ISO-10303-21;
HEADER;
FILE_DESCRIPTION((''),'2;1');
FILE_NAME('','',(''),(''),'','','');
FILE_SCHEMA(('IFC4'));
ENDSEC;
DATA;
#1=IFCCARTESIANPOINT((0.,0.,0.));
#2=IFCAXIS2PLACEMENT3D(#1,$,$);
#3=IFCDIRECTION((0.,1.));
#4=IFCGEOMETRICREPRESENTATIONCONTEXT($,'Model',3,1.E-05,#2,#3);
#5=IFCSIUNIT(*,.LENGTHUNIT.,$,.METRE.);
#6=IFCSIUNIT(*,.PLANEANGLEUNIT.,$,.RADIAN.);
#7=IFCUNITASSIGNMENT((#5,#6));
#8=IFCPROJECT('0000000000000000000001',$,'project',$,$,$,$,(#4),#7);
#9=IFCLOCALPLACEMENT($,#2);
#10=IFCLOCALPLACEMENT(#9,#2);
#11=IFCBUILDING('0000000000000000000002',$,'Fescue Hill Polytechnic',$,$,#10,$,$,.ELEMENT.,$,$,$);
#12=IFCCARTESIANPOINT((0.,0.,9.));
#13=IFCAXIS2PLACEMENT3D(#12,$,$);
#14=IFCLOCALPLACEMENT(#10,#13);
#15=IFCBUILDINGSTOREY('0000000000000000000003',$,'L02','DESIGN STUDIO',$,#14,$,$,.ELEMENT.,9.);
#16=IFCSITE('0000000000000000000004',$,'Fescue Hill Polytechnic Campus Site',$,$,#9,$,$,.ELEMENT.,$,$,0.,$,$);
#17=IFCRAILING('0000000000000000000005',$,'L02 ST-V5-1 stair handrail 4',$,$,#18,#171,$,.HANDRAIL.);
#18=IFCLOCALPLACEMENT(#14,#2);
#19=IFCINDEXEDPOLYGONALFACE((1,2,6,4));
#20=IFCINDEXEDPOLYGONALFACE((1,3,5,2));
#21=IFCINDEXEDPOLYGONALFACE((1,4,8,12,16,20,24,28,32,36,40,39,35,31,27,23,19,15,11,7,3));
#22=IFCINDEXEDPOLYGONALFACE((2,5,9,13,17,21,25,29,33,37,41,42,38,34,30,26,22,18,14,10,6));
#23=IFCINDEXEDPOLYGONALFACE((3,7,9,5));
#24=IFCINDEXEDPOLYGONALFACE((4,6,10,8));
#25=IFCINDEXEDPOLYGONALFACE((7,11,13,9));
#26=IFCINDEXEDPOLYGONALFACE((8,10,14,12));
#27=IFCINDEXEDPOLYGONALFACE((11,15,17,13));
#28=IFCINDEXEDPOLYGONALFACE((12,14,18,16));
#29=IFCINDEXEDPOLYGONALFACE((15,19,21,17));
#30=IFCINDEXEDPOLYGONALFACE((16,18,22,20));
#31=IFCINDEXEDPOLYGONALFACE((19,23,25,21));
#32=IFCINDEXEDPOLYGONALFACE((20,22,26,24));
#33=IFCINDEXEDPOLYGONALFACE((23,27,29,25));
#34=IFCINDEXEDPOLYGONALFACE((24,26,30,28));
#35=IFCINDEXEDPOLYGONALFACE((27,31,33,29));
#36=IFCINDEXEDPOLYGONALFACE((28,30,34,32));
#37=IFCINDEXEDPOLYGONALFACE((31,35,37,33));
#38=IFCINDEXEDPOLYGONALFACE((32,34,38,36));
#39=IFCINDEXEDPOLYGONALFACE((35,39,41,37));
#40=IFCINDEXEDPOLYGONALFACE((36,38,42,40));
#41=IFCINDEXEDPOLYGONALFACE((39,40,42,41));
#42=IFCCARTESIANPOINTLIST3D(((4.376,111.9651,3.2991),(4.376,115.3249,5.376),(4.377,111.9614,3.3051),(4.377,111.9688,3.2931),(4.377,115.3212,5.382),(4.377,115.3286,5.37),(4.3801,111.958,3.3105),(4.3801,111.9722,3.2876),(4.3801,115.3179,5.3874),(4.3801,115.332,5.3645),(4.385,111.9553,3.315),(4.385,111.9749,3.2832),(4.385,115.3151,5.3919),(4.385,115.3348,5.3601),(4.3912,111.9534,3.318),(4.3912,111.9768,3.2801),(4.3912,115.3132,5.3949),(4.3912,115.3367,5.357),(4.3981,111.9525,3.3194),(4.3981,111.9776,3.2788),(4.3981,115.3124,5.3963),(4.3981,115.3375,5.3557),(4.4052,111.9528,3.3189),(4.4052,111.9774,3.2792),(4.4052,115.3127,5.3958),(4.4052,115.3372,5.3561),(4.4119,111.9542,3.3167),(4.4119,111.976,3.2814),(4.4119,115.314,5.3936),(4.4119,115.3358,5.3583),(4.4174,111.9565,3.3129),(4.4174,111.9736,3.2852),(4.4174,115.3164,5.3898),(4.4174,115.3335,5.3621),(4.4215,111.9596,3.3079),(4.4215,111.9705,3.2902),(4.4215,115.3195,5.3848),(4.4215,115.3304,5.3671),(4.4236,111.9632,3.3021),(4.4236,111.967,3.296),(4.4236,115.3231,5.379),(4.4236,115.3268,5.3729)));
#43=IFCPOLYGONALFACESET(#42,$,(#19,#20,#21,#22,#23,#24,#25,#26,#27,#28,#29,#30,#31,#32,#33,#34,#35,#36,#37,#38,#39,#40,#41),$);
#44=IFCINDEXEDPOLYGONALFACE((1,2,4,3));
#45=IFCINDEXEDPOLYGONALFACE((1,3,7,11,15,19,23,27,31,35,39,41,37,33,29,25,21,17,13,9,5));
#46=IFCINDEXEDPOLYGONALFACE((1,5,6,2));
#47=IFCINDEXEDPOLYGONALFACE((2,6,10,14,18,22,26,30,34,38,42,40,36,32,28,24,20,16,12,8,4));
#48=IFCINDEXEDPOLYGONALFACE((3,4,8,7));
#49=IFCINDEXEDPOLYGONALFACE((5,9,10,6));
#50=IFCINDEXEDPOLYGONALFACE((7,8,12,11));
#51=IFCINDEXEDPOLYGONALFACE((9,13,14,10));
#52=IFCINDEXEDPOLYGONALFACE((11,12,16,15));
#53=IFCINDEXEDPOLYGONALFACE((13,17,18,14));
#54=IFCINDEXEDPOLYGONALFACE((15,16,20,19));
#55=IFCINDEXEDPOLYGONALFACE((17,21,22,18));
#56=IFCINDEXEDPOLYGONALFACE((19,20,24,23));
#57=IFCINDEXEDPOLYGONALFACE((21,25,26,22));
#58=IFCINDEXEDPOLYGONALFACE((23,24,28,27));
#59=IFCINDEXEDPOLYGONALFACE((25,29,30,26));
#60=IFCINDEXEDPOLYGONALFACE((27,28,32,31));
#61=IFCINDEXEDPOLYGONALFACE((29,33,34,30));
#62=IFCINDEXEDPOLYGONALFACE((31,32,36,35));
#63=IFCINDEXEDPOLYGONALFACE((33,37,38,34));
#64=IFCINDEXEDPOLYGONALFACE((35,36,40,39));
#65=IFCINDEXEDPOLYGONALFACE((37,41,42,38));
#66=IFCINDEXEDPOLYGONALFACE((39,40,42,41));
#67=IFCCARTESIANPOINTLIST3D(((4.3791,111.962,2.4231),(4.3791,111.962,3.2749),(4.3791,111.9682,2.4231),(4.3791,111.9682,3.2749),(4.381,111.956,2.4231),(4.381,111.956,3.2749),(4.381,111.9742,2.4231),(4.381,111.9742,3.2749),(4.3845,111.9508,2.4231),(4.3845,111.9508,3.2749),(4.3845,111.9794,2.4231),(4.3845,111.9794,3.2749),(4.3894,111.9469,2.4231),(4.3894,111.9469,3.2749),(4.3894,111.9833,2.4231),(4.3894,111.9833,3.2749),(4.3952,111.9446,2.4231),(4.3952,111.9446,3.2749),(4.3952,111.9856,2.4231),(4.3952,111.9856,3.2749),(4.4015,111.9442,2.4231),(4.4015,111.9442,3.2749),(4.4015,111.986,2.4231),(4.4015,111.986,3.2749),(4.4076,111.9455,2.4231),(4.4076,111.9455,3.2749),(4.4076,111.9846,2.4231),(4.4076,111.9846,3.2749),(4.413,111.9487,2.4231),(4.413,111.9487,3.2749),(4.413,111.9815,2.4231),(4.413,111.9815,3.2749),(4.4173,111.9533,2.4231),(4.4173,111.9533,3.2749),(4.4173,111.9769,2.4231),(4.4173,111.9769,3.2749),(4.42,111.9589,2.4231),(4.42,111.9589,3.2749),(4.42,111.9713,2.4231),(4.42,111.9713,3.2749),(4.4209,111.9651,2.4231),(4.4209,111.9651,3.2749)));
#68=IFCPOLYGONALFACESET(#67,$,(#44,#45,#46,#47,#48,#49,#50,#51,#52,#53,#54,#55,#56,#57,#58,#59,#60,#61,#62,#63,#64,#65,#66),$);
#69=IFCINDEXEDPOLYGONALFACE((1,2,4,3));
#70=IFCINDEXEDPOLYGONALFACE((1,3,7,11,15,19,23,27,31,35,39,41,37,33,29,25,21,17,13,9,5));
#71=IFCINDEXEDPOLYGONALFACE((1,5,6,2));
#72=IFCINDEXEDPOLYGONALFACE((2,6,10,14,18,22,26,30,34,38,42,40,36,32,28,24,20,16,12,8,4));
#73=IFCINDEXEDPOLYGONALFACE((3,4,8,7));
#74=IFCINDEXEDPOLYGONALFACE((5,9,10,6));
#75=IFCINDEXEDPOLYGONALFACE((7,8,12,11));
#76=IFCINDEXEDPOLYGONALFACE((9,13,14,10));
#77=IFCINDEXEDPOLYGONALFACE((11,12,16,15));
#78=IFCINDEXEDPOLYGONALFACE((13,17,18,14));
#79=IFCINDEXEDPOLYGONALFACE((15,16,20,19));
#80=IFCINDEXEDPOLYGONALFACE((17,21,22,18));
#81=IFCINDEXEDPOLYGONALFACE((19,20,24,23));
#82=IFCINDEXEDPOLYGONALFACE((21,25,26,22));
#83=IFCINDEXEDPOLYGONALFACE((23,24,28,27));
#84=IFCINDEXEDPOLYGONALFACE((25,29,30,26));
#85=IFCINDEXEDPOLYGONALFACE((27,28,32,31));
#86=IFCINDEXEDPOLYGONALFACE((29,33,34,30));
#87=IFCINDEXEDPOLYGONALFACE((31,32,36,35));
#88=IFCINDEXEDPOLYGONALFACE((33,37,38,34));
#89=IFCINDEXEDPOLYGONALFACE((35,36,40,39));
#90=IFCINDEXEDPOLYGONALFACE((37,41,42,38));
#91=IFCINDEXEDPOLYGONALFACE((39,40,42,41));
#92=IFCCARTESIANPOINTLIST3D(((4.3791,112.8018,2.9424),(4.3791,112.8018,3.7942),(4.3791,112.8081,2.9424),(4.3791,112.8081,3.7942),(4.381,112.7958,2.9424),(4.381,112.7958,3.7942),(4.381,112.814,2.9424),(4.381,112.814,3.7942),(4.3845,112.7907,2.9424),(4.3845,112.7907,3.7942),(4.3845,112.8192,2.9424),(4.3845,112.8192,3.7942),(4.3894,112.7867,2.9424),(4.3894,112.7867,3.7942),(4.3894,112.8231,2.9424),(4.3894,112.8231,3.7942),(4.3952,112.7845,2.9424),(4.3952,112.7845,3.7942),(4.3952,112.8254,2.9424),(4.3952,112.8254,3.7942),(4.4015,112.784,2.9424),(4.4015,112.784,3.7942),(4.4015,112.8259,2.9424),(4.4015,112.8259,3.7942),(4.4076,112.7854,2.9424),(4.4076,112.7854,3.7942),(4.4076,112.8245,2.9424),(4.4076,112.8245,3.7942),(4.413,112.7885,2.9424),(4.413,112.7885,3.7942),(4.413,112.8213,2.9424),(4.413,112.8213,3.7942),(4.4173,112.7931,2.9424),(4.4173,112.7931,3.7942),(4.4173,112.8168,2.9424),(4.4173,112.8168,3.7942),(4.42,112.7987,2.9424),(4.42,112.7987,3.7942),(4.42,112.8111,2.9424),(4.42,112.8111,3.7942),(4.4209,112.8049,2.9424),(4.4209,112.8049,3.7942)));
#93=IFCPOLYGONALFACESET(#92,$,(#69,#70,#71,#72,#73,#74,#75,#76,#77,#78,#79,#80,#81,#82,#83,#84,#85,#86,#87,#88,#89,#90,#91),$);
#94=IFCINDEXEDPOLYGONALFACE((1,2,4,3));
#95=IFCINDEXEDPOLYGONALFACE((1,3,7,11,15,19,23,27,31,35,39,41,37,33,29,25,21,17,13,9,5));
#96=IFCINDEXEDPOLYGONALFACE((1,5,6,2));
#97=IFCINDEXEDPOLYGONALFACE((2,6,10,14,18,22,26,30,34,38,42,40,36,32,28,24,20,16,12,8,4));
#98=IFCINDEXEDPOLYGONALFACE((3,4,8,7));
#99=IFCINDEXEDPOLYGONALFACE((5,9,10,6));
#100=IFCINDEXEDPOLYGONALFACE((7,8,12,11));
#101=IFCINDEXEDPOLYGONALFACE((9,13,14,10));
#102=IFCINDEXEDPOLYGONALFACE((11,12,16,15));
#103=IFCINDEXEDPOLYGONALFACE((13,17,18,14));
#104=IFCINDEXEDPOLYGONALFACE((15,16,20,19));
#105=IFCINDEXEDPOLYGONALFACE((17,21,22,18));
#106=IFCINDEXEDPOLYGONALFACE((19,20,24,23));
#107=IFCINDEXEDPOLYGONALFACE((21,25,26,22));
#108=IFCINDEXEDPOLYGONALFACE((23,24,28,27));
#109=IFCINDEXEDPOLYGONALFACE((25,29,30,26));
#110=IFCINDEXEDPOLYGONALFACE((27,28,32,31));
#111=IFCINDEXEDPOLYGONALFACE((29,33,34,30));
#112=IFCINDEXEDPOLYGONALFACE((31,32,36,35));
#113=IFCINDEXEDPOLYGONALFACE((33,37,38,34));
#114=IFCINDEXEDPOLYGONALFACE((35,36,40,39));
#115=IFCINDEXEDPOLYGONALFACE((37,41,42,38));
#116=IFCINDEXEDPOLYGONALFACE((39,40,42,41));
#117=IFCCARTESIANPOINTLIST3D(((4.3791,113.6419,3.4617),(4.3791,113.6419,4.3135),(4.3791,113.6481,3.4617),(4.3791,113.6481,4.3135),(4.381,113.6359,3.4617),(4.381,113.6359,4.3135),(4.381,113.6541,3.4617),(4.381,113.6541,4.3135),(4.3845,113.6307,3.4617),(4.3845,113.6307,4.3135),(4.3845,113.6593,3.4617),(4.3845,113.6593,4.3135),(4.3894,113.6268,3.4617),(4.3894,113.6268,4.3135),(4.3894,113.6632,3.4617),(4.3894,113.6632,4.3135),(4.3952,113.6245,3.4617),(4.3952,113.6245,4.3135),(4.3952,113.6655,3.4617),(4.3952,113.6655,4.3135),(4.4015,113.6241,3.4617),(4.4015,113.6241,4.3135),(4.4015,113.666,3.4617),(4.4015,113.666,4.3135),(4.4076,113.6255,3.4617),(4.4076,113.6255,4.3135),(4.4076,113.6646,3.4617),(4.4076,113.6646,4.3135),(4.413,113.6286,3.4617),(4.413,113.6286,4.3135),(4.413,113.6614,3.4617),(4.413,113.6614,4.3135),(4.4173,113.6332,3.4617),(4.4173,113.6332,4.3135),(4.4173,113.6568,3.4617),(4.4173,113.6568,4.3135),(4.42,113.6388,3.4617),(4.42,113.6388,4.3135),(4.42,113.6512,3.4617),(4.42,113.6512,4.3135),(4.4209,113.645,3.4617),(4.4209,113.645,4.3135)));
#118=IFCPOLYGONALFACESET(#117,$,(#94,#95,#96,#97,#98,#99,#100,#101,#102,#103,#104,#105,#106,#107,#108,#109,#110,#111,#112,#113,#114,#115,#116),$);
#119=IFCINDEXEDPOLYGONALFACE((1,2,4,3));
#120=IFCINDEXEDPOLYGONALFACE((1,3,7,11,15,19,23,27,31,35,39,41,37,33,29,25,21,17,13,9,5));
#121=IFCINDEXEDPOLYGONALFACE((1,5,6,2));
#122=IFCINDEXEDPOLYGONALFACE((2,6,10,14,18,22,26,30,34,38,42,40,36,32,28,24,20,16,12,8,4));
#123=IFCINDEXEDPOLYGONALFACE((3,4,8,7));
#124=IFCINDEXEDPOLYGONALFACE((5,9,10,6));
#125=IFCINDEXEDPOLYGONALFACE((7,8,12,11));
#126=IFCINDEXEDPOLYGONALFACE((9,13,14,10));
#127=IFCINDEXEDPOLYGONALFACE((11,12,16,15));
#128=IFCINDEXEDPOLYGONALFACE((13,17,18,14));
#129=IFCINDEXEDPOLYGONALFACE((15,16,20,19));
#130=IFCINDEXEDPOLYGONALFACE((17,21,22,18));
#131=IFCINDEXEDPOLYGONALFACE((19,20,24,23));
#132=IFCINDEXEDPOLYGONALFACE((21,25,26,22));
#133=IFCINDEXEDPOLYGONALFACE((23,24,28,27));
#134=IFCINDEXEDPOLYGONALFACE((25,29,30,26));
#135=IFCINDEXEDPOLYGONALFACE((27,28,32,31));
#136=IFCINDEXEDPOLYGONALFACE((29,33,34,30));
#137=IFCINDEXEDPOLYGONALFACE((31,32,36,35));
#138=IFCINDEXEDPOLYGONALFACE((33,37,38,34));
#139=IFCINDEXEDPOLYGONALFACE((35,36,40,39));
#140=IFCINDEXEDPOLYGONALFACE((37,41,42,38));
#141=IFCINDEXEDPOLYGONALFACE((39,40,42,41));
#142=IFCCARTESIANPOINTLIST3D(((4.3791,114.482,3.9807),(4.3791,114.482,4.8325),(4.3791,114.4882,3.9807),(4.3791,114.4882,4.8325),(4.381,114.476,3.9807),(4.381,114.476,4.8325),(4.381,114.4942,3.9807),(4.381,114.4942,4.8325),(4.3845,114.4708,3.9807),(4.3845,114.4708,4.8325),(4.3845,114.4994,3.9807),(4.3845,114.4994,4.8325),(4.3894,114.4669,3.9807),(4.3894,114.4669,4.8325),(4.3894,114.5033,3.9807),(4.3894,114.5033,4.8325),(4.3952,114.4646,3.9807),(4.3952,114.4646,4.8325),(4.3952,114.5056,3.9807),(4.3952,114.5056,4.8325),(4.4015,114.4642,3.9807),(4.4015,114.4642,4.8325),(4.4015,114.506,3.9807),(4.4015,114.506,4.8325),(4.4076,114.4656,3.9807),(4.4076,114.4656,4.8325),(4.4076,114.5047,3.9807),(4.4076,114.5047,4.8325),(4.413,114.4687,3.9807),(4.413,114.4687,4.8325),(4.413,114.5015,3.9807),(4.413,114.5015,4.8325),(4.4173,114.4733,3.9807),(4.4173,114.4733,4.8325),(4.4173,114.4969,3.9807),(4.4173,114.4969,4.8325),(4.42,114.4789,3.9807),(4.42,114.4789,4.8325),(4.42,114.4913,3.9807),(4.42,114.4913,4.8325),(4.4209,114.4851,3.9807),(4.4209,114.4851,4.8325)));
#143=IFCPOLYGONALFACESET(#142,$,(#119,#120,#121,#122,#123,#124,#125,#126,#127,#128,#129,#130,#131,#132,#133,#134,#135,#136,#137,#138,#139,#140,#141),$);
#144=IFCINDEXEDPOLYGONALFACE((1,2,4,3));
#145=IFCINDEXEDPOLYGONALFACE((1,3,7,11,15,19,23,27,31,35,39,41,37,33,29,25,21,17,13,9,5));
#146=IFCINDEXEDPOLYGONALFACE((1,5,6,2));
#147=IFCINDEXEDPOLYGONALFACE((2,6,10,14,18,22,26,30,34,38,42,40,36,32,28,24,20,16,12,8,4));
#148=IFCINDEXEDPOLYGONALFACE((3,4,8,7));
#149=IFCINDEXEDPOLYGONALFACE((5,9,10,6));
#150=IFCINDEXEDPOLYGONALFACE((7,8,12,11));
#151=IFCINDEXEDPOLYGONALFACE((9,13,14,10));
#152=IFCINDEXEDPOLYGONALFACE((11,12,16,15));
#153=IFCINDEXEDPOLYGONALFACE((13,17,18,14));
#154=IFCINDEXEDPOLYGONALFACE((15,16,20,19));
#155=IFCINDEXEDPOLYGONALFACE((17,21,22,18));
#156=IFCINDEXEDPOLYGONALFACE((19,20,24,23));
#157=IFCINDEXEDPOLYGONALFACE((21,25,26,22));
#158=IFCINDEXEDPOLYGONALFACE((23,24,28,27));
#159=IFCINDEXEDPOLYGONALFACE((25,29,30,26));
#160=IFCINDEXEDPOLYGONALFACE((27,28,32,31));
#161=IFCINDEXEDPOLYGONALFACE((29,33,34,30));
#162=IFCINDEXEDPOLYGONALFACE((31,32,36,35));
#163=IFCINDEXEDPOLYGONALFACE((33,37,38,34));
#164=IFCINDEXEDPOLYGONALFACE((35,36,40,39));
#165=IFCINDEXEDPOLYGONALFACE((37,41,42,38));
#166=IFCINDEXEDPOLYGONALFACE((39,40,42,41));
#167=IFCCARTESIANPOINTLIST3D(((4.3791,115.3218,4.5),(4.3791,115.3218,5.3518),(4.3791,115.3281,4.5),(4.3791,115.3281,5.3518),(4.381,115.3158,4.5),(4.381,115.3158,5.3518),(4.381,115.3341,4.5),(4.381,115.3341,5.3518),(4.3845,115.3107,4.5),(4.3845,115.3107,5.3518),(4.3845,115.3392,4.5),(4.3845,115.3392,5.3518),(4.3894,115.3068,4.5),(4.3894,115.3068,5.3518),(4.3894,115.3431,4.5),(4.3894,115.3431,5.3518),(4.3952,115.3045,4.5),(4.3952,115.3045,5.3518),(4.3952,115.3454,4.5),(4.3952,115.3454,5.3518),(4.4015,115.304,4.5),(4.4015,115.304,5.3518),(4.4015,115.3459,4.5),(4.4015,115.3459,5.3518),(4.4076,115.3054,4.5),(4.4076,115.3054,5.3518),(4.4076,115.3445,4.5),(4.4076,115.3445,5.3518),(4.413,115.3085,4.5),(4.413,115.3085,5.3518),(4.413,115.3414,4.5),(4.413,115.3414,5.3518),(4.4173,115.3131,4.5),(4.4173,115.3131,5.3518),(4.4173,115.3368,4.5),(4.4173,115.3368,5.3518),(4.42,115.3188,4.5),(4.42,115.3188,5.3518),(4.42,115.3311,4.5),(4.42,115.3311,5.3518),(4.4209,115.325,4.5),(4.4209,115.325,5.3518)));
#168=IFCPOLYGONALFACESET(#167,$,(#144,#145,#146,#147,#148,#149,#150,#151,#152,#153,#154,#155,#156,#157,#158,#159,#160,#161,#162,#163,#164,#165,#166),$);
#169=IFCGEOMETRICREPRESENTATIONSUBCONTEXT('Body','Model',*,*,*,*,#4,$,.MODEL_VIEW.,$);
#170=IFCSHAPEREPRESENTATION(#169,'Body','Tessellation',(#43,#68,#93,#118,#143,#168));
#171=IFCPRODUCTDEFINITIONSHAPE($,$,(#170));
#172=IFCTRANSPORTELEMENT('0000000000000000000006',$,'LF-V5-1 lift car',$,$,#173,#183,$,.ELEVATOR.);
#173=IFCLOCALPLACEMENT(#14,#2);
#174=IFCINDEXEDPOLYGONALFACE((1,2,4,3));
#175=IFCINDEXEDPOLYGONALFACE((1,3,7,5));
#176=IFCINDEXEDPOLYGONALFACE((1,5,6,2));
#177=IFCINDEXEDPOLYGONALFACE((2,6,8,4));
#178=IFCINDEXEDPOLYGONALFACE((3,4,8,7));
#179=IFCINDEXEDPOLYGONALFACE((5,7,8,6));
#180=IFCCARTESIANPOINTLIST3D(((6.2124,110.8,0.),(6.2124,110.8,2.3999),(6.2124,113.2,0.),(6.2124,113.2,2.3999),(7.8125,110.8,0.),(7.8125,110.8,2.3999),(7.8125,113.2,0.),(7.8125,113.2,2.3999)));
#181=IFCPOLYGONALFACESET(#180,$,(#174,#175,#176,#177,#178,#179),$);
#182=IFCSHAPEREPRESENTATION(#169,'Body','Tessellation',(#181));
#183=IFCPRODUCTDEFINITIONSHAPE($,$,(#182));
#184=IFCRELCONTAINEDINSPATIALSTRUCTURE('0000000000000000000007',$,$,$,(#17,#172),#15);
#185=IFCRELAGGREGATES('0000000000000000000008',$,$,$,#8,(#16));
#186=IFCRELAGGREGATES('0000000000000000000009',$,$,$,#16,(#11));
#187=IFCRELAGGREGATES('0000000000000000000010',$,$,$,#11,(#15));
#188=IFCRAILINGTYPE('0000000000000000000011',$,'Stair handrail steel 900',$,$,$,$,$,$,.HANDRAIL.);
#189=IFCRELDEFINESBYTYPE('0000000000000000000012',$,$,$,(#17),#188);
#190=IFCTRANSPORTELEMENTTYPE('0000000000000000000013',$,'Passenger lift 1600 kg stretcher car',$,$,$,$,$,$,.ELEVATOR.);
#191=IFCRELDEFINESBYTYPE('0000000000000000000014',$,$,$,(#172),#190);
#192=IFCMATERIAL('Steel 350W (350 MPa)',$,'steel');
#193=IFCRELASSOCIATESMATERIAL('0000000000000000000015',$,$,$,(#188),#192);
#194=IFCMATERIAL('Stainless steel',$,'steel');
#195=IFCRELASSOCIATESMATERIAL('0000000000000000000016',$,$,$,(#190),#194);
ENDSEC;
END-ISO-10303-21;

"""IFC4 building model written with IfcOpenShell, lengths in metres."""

from ifc_helpers import new_model, si_unit, direction, frame, origin, origin_2d, place, context, subcontext, project, spatial, rectangle, circle, extrude, material, type_object, element, save


model = new_model("IFC4")

# Units and contexts
model_context = context("Model", 3, precision=1e-05, world=origin(), true_north=direction((0.0, 1.0)))
body_context = subcontext(model_context, "Body", "Model", "MODEL_VIEW")
ifc_project = project(units=[si_unit("LENGTHUNIT", "METRE"), si_unit("PLANEANGLEUNIT", "RADIAN")], contexts=[model_context])

# Site, building, storey
site_placement = place(None, origin())
site = spatial("IfcSite", under=ifc_project, at=site_placement, Name="Fescue Hill Polytechnic Campus Site", CompositionType="ELEMENT", RefElevation=0.0)
building_placement = place(site_placement, origin())
building = spatial("IfcBuilding", under=site, at=building_placement, Name="Fescue Hill Polytechnic", CompositionType="ELEMENT")
storey_placement = place(building_placement, frame((0.0, 0.0, 9.0)))
storey = spatial("IfcBuildingStorey", under=building, at=storey_placement, Name="L02", Description="DESIGN STUDIO", CompositionType="ELEMENT", Elevation=9.0)

# Shared definitions
ifc_material_1 = material(Name="Stainless steel", Category="steel")

# Railing
ifc_material_2 = material(Name="Steel 350W (350 MPa)", Category="steel")
railing_type_1 = type_object("IfcRailingType", Name="Stair handrail steel 900", PredefinedType="HANDRAIL", material=ifc_material_2)
railing_1_placement = place(storey_placement, frame((4.3999, 111.9651, 2.4231)))
element("IfcRailing", 1, at=railing_1_placement, inside=storey, type_object=railing_type_1, Name="L02 ST-V5-1 stair handrail 4", PredefinedType="HANDRAIL", context=body_context, shape_type="SweptSolid", body=[
    extrude(circle(Radius=0.0239, at=origin_2d()), frame((0.0, 0.0, 0.876), z_axis=(0.0, 0.850606, 0.525803), x_axis=(-1.0, 0.0, 0.0)), (0.0, 0.0, 1.0), 3.95),
    extrude(circle(Radius=0.021, at=origin_2d()), origin(), (0.0, 0.0, 1.0), 0.8518),
    extrude(circle(Radius=0.021, at=origin_2d()), frame((0.0, 0.8398, 0.5193)), (0.0, 0.0, 1.0), 0.8518),
    extrude(circle(Radius=0.021, at=origin_2d()), frame((0.0, 1.6799, 1.0386)), (0.0, 0.0, 1.0), 0.8518),
    extrude(circle(Radius=0.021, at=origin_2d()), frame((0.0, 2.52, 1.5576)), (0.0, 0.0, 1.0), 0.8518),
    extrude(circle(Radius=0.021, at=origin_2d()), frame((0.0, 3.3599, 2.0769)), (0.0, 0.0, 1.0), 0.8518),
])

# Transport element
transport_element_type = type_object("IfcTransportElementType", Name="Passenger lift 1600 kg stretcher car", PredefinedType="ELEVATOR", material=ifc_material_1)
transport_element_placement = place(storey_placement, frame((7.0125, 112.0, 0.0), z_axis=(0.0, 0.0, 1.0), x_axis=(1.0, 0.0, 0.0)))
element("IfcTransportElement", 2, at=transport_element_placement, inside=storey, type_object=transport_element_type, Name="LF-V5-1 lift car", PredefinedType="ELEVATOR", context=body_context, shape_type="SweptSolid", body=[
    extrude(rectangle(XDim=1.6001, YDim=2.3999, at=origin_2d()), origin(), (0.0, 0.0, 1.0), 2.3999),
])

save(model, "model.ifc")
